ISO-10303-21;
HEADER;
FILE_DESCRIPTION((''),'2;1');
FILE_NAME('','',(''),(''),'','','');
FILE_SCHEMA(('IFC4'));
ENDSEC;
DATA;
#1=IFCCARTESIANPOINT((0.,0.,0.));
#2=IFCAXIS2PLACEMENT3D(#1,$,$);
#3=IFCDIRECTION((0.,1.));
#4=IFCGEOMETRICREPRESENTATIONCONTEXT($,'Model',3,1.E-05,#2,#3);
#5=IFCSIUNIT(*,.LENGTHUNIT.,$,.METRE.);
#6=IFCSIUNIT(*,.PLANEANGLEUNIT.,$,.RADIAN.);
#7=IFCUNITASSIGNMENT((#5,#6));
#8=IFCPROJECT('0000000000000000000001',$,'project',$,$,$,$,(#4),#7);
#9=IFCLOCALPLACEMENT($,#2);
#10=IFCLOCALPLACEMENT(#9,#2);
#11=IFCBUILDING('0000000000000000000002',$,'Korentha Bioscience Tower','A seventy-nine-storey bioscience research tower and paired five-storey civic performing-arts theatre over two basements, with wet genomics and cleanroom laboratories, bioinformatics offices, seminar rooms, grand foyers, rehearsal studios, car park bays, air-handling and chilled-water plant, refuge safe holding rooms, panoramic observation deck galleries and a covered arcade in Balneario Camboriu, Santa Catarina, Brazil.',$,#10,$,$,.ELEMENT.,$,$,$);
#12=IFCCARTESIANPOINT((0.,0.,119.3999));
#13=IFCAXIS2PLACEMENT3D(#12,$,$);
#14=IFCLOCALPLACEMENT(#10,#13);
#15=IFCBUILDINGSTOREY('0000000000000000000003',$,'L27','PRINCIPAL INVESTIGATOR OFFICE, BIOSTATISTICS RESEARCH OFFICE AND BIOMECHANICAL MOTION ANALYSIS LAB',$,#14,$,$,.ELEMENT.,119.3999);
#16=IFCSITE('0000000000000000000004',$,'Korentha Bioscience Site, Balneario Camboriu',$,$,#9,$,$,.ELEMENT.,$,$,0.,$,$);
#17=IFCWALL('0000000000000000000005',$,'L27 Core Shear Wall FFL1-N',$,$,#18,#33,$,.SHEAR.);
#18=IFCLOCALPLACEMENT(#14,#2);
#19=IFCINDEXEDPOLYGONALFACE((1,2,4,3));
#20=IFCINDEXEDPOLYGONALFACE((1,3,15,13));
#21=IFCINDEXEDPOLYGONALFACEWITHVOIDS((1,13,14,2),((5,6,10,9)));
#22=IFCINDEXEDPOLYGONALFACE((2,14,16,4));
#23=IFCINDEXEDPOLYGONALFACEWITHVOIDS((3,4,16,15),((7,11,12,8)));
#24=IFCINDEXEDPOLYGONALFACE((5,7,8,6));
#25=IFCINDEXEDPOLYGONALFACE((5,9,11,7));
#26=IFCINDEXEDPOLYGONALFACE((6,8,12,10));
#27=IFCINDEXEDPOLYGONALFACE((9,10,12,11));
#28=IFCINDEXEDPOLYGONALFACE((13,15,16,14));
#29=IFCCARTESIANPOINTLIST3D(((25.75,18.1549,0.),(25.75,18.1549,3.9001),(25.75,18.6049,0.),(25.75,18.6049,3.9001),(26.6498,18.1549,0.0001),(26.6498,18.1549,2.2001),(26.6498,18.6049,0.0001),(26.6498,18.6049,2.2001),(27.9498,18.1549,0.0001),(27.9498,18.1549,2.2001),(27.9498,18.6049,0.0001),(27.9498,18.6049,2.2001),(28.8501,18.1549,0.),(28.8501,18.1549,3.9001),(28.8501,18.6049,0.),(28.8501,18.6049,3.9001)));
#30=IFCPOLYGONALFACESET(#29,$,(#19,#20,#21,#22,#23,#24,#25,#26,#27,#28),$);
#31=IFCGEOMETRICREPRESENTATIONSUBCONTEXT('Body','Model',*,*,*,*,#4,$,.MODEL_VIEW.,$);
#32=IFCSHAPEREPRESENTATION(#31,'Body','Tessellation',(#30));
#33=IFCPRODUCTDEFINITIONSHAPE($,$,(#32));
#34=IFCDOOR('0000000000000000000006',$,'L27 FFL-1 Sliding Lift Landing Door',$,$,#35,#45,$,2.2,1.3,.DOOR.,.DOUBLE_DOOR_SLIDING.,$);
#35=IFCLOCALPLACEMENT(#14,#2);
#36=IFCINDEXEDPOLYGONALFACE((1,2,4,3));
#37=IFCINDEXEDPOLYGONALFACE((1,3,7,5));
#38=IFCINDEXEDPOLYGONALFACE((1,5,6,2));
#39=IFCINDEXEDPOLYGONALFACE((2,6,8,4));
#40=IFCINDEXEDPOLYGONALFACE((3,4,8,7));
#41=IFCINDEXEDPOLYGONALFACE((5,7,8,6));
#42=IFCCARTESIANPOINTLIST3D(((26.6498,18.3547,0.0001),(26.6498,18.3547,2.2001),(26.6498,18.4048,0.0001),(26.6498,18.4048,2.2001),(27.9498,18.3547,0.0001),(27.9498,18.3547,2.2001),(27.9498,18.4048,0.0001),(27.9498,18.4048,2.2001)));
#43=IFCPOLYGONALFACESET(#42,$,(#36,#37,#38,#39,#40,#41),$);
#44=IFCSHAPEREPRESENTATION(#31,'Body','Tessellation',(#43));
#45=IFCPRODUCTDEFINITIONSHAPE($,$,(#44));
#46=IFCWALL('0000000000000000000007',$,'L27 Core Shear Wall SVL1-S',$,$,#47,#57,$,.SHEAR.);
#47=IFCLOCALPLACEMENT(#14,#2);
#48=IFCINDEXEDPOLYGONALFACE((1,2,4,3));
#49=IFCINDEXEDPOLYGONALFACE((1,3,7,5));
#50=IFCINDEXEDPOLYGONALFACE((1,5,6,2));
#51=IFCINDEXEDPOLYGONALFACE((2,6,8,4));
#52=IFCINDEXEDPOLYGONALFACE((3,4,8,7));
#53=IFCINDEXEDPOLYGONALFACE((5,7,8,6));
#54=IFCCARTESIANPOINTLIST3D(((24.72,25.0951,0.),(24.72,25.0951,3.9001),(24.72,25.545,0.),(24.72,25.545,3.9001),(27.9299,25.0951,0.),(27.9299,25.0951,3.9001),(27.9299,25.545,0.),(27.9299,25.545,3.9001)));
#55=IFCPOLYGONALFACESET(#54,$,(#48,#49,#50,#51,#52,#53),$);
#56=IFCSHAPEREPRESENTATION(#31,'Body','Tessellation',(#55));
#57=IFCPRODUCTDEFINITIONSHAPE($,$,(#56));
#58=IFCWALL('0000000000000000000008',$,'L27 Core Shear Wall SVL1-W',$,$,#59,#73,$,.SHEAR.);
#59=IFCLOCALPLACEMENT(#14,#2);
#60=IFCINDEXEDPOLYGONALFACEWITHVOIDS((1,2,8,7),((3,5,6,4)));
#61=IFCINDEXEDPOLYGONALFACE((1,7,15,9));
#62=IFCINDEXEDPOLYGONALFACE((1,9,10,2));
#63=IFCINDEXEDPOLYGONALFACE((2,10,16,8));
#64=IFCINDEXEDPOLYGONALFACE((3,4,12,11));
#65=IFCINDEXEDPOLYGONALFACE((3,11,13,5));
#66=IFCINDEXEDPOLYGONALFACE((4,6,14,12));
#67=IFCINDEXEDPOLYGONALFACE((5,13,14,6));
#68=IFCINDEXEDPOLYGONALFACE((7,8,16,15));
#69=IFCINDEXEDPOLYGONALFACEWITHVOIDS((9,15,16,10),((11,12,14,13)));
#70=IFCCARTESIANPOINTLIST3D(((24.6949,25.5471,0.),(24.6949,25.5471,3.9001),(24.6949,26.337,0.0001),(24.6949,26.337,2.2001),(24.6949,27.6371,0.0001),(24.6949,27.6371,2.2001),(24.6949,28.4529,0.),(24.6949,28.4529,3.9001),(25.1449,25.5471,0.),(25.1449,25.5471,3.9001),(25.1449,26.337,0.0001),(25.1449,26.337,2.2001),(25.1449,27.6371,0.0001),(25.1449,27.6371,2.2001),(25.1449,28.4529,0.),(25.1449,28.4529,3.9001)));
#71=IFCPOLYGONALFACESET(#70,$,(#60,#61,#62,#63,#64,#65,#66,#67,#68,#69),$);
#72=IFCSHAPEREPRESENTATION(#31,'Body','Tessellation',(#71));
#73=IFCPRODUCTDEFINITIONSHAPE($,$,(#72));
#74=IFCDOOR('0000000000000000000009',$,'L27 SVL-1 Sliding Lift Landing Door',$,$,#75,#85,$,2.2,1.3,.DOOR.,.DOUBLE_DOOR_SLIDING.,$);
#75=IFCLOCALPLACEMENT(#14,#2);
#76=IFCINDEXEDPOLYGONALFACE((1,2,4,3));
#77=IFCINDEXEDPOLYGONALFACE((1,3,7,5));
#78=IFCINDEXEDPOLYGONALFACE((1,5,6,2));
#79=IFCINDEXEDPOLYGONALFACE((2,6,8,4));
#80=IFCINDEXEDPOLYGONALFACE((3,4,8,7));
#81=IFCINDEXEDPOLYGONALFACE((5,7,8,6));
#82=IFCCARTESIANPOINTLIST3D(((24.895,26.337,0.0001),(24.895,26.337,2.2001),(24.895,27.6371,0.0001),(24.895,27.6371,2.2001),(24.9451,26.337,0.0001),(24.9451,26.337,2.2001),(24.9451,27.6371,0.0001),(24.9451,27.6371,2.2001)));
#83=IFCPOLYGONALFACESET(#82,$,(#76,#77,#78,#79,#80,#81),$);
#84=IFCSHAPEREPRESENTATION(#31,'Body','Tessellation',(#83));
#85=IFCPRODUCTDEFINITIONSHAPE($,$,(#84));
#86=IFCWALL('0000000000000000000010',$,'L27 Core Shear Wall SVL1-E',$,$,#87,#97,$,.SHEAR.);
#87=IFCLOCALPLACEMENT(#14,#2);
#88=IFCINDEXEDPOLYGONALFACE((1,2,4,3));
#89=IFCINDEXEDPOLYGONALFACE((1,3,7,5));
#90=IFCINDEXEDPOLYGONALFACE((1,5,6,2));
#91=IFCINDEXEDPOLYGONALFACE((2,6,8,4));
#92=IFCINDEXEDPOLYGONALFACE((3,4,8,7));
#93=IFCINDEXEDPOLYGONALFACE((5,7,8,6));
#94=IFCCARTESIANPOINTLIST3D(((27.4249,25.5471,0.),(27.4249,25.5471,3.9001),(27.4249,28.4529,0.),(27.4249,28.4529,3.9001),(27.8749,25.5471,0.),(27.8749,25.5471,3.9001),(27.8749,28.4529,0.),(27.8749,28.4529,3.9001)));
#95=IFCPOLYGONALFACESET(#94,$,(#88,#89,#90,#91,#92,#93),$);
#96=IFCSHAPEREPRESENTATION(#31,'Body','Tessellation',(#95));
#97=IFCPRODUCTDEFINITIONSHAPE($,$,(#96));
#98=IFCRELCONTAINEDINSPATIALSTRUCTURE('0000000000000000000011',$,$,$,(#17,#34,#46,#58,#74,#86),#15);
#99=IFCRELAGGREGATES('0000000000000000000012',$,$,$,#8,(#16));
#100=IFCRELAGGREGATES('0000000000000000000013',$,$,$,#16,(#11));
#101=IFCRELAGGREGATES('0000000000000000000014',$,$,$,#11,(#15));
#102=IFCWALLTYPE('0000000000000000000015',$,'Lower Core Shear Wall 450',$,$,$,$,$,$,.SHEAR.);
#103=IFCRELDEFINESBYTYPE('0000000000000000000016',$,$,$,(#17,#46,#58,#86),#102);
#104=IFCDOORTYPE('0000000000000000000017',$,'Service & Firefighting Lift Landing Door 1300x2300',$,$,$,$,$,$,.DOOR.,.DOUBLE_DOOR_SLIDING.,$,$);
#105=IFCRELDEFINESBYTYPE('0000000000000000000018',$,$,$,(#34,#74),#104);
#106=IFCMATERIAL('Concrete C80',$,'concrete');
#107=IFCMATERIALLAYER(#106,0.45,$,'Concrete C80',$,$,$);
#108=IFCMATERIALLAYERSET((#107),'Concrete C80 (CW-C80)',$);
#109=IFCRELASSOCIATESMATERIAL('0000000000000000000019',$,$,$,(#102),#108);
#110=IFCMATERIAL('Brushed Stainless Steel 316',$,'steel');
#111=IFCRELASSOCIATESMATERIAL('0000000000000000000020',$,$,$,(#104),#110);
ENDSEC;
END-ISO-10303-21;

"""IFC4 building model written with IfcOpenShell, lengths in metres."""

from ifc_helpers import new_model, si_unit, direction, frame, frame_2d, origin, place, context, subcontext, project, spatial, rectangle, extrude, material, layer, layer_set, type_object, element, fill, save


model = new_model("IFC4")

# Units and contexts
model_context = context("Model", 3, precision=1e-05, world=origin(), true_north=direction((0.0, 1.0)))
body_context = subcontext(model_context, "Body", "Model", "MODEL_VIEW")
ifc_project = project(units=[si_unit("LENGTHUNIT", "METRE"), si_unit("PLANEANGLEUNIT", "RADIAN")], contexts=[model_context])

# Site, building, storey
site_placement = place(None, origin())
site = spatial("IfcSite", under=ifc_project, at=site_placement, Name="Korentha Bioscience Site, Balneario Camboriu", CompositionType="ELEMENT", RefElevation=0.0)
building_placement = place(site_placement, origin())
building = spatial("IfcBuilding", under=site, at=building_placement, Name="Korentha Bioscience Tower", Description="A seventy-nine-storey bioscience research tower and paired five-storey civic performing-arts theatre over two basements, with wet genomics and cleanroom laboratories, bioinformatics offices, seminar rooms, grand foyers, rehearsal studios, car park bays, air-handling and chilled-water plant, refuge safe holding rooms, panoramic observation deck galleries and a covered arcade in Balneario Camboriu, Santa Catarina, Brazil.", CompositionType="ELEMENT")
storey_placement = place(building_placement, frame((0.0, 0.0, 119.3999)))
storey = spatial("IfcBuildingStorey", under=building, at=storey_placement, Name="L27", Description="PRINCIPAL INVESTIGATOR OFFICE, BIOSTATISTICS RESEARCH OFFICE AND BIOMECHANICAL MOTION ANALYSIS LAB", CompositionType="ELEMENT", Elevation=119.3999)

# Shared definitions
ifc_material_1 = material(Name="Concrete C80", Category="concrete")

# Shared definitions
ifc_layer_1 = layer(ifc_material_1, 0.45, Name="Concrete C80")
ifc_layer_set_1 = layer_set([ifc_layer_1], Name="Concrete C80 (CW-C80)")
wall_type_1 = type_object("IfcWallType", Name="Lower Core Shear Wall 450", PredefinedType="SHEAR", material=ifc_layer_set_1)

# Wall, opening, door
wall_1_placement = place(storey_placement, frame((25.75, 18.3799, 0.0), z_axis=(0.0, 0.0, 1.0), x_axis=(1.0, 0.0, 0.0)))
wall_1 = element("IfcWall", 1, at=wall_1_placement, inside=storey, type_object=wall_type_1, Name="L27 Core Shear Wall FFL1-N", PredefinedType="SHEAR", context=body_context, shape_type="SweptSolid", body=[
    extrude(rectangle(XDim=3.1001, YDim=0.45, at=frame_2d((1.55, 0.0))), origin(), (0.0, 0.0, 1.0), 3.9001),
])
opening_1_placement = place(wall_1_placement, frame((0.8999, 0.0, 0.0)))
opening_1 = element("IfcOpeningElement", 2, at=opening_1_placement, cuts=wall_1, PredefinedType="OPENING", context=body_context, shape_type="SweptSolid", body=[
    extrude(rectangle(XDim=1.3, YDim=2.2, at=frame_2d((0.6499, 1.1001))), frame((0.0, 0.2397, 0.0), z_axis=(0.0, -1.0, 0.0), x_axis=(1.0, 0.0, 0.0)), (0.0, 0.0, 1.0), 0.4797),
])
ifc_material_2 = material(Name="Brushed Stainless Steel 316", Category="steel")
door_type_1 = type_object("IfcDoorType", Name="Service & Firefighting Lift Landing Door 1300x2300", OperationType="DOUBLE_DOOR_SLIDING", PredefinedType="DOOR", material=ifc_material_2)
door_1_placement = place(opening_1_placement, origin())
door_1 = element("IfcDoor", 3, at=door_1_placement, inside=storey, type_object=door_type_1, Name="L27 FFL-1 Sliding Lift Landing Door", OperationType="DOUBLE_DOOR_SLIDING", OverallHeight=2.2, OverallWidth=1.3, PredefinedType="DOOR", context=body_context, shape_type="SweptSolid", body=[
    extrude(rectangle(XDim=1.3, YDim=2.2, at=frame_2d((0.6499, 1.1001))), frame((0.0, 0.0249, 0.0), z_axis=(0.0, -1.0, 0.0), x_axis=(1.0, 0.0, 0.0)), (0.0, 0.0, 1.0), 0.05),
])
fill(opening_1, door_1)

# Wall
wall_2_placement = place(storey_placement, frame((24.72, 25.3201, 0.0), z_axis=(0.0, 0.0, 1.0), x_axis=(1.0, 0.0, 0.0)))
element("IfcWall", 4, at=wall_2_placement, inside=storey, type_object=wall_type_1, Name="L27 Core Shear Wall SVL1-S", PredefinedType="SHEAR", context=body_context, shape_type="SweptSolid", body=[
    extrude(rectangle(XDim=3.21, YDim=0.45, at=frame_2d((1.605, 0.0))), origin(), (0.0, 0.0, 1.0), 3.9001),
])

# Wall, opening, door
wall_3_placement = place(storey_placement, frame((24.9199, 25.5471, 0.0), z_axis=(0.0, 0.0, 1.0), x_axis=(0.0, 1.0, 0.0)))
wall_3 = element("IfcWall", 5, at=wall_3_placement, inside=storey, type_object=wall_type_1, Name="L27 Core Shear Wall SVL1-W", PredefinedType="SHEAR", context=body_context, shape_type="SweptSolid", body=[
    extrude(rectangle(XDim=2.9058, YDim=0.45, at=frame_2d((1.4529, 0.0))), origin(), (0.0, 0.0, 1.0), 3.9001),
])
opening_2_placement = place(wall_3_placement, frame((0.79, 0.0, 0.0)))
opening_2 = element("IfcOpeningElement", 6, at=opening_2_placement, cuts=wall_3, PredefinedType="OPENING", context=body_context, shape_type="SweptSolid", body=[
    extrude(rectangle(XDim=1.3, YDim=2.2, at=frame_2d((0.6499, 1.1001))), frame((0.0, 0.2397, 0.0), z_axis=(0.0, -1.0, 0.0), x_axis=(1.0, 0.0, 0.0)), (0.0, 0.0, 1.0), 0.4797),
])
door_2_placement = place(opening_2_placement, origin())
door_2 = element("IfcDoor", 7, at=door_2_placement, inside=storey, type_object=door_type_1, Name="L27 SVL-1 Sliding Lift Landing Door", OperationType="DOUBLE_DOOR_SLIDING", OverallHeight=2.2, OverallWidth=1.3, PredefinedType="DOOR", context=body_context, shape_type="SweptSolid", body=[
    extrude(rectangle(XDim=1.3, YDim=2.2, at=frame_2d((0.6499, 1.1001))), frame((0.0, 0.0249, 0.0), z_axis=(0.0, -1.0, 0.0), x_axis=(1.0, 0.0, 0.0)), (0.0, 0.0, 1.0), 0.05),
])
fill(opening_2, door_2)

# Wall
wall_4_placement = place(storey_placement, frame((27.6499, 25.5471, 0.0), z_axis=(0.0, 0.0, 1.0), x_axis=(0.0, 1.0, 0.0)))
element("IfcWall", 8, at=wall_4_placement, inside=storey, type_object=wall_type_1, Name="L27 Core Shear Wall SVL1-E", PredefinedType="SHEAR", context=body_context, shape_type="SweptSolid", body=[
    extrude(rectangle(XDim=2.9058, YDim=0.45, at=frame_2d((1.4529, 0.0))), origin(), (0.0, 0.0, 1.0), 3.9001),
])

save(model, "model.ifc")
